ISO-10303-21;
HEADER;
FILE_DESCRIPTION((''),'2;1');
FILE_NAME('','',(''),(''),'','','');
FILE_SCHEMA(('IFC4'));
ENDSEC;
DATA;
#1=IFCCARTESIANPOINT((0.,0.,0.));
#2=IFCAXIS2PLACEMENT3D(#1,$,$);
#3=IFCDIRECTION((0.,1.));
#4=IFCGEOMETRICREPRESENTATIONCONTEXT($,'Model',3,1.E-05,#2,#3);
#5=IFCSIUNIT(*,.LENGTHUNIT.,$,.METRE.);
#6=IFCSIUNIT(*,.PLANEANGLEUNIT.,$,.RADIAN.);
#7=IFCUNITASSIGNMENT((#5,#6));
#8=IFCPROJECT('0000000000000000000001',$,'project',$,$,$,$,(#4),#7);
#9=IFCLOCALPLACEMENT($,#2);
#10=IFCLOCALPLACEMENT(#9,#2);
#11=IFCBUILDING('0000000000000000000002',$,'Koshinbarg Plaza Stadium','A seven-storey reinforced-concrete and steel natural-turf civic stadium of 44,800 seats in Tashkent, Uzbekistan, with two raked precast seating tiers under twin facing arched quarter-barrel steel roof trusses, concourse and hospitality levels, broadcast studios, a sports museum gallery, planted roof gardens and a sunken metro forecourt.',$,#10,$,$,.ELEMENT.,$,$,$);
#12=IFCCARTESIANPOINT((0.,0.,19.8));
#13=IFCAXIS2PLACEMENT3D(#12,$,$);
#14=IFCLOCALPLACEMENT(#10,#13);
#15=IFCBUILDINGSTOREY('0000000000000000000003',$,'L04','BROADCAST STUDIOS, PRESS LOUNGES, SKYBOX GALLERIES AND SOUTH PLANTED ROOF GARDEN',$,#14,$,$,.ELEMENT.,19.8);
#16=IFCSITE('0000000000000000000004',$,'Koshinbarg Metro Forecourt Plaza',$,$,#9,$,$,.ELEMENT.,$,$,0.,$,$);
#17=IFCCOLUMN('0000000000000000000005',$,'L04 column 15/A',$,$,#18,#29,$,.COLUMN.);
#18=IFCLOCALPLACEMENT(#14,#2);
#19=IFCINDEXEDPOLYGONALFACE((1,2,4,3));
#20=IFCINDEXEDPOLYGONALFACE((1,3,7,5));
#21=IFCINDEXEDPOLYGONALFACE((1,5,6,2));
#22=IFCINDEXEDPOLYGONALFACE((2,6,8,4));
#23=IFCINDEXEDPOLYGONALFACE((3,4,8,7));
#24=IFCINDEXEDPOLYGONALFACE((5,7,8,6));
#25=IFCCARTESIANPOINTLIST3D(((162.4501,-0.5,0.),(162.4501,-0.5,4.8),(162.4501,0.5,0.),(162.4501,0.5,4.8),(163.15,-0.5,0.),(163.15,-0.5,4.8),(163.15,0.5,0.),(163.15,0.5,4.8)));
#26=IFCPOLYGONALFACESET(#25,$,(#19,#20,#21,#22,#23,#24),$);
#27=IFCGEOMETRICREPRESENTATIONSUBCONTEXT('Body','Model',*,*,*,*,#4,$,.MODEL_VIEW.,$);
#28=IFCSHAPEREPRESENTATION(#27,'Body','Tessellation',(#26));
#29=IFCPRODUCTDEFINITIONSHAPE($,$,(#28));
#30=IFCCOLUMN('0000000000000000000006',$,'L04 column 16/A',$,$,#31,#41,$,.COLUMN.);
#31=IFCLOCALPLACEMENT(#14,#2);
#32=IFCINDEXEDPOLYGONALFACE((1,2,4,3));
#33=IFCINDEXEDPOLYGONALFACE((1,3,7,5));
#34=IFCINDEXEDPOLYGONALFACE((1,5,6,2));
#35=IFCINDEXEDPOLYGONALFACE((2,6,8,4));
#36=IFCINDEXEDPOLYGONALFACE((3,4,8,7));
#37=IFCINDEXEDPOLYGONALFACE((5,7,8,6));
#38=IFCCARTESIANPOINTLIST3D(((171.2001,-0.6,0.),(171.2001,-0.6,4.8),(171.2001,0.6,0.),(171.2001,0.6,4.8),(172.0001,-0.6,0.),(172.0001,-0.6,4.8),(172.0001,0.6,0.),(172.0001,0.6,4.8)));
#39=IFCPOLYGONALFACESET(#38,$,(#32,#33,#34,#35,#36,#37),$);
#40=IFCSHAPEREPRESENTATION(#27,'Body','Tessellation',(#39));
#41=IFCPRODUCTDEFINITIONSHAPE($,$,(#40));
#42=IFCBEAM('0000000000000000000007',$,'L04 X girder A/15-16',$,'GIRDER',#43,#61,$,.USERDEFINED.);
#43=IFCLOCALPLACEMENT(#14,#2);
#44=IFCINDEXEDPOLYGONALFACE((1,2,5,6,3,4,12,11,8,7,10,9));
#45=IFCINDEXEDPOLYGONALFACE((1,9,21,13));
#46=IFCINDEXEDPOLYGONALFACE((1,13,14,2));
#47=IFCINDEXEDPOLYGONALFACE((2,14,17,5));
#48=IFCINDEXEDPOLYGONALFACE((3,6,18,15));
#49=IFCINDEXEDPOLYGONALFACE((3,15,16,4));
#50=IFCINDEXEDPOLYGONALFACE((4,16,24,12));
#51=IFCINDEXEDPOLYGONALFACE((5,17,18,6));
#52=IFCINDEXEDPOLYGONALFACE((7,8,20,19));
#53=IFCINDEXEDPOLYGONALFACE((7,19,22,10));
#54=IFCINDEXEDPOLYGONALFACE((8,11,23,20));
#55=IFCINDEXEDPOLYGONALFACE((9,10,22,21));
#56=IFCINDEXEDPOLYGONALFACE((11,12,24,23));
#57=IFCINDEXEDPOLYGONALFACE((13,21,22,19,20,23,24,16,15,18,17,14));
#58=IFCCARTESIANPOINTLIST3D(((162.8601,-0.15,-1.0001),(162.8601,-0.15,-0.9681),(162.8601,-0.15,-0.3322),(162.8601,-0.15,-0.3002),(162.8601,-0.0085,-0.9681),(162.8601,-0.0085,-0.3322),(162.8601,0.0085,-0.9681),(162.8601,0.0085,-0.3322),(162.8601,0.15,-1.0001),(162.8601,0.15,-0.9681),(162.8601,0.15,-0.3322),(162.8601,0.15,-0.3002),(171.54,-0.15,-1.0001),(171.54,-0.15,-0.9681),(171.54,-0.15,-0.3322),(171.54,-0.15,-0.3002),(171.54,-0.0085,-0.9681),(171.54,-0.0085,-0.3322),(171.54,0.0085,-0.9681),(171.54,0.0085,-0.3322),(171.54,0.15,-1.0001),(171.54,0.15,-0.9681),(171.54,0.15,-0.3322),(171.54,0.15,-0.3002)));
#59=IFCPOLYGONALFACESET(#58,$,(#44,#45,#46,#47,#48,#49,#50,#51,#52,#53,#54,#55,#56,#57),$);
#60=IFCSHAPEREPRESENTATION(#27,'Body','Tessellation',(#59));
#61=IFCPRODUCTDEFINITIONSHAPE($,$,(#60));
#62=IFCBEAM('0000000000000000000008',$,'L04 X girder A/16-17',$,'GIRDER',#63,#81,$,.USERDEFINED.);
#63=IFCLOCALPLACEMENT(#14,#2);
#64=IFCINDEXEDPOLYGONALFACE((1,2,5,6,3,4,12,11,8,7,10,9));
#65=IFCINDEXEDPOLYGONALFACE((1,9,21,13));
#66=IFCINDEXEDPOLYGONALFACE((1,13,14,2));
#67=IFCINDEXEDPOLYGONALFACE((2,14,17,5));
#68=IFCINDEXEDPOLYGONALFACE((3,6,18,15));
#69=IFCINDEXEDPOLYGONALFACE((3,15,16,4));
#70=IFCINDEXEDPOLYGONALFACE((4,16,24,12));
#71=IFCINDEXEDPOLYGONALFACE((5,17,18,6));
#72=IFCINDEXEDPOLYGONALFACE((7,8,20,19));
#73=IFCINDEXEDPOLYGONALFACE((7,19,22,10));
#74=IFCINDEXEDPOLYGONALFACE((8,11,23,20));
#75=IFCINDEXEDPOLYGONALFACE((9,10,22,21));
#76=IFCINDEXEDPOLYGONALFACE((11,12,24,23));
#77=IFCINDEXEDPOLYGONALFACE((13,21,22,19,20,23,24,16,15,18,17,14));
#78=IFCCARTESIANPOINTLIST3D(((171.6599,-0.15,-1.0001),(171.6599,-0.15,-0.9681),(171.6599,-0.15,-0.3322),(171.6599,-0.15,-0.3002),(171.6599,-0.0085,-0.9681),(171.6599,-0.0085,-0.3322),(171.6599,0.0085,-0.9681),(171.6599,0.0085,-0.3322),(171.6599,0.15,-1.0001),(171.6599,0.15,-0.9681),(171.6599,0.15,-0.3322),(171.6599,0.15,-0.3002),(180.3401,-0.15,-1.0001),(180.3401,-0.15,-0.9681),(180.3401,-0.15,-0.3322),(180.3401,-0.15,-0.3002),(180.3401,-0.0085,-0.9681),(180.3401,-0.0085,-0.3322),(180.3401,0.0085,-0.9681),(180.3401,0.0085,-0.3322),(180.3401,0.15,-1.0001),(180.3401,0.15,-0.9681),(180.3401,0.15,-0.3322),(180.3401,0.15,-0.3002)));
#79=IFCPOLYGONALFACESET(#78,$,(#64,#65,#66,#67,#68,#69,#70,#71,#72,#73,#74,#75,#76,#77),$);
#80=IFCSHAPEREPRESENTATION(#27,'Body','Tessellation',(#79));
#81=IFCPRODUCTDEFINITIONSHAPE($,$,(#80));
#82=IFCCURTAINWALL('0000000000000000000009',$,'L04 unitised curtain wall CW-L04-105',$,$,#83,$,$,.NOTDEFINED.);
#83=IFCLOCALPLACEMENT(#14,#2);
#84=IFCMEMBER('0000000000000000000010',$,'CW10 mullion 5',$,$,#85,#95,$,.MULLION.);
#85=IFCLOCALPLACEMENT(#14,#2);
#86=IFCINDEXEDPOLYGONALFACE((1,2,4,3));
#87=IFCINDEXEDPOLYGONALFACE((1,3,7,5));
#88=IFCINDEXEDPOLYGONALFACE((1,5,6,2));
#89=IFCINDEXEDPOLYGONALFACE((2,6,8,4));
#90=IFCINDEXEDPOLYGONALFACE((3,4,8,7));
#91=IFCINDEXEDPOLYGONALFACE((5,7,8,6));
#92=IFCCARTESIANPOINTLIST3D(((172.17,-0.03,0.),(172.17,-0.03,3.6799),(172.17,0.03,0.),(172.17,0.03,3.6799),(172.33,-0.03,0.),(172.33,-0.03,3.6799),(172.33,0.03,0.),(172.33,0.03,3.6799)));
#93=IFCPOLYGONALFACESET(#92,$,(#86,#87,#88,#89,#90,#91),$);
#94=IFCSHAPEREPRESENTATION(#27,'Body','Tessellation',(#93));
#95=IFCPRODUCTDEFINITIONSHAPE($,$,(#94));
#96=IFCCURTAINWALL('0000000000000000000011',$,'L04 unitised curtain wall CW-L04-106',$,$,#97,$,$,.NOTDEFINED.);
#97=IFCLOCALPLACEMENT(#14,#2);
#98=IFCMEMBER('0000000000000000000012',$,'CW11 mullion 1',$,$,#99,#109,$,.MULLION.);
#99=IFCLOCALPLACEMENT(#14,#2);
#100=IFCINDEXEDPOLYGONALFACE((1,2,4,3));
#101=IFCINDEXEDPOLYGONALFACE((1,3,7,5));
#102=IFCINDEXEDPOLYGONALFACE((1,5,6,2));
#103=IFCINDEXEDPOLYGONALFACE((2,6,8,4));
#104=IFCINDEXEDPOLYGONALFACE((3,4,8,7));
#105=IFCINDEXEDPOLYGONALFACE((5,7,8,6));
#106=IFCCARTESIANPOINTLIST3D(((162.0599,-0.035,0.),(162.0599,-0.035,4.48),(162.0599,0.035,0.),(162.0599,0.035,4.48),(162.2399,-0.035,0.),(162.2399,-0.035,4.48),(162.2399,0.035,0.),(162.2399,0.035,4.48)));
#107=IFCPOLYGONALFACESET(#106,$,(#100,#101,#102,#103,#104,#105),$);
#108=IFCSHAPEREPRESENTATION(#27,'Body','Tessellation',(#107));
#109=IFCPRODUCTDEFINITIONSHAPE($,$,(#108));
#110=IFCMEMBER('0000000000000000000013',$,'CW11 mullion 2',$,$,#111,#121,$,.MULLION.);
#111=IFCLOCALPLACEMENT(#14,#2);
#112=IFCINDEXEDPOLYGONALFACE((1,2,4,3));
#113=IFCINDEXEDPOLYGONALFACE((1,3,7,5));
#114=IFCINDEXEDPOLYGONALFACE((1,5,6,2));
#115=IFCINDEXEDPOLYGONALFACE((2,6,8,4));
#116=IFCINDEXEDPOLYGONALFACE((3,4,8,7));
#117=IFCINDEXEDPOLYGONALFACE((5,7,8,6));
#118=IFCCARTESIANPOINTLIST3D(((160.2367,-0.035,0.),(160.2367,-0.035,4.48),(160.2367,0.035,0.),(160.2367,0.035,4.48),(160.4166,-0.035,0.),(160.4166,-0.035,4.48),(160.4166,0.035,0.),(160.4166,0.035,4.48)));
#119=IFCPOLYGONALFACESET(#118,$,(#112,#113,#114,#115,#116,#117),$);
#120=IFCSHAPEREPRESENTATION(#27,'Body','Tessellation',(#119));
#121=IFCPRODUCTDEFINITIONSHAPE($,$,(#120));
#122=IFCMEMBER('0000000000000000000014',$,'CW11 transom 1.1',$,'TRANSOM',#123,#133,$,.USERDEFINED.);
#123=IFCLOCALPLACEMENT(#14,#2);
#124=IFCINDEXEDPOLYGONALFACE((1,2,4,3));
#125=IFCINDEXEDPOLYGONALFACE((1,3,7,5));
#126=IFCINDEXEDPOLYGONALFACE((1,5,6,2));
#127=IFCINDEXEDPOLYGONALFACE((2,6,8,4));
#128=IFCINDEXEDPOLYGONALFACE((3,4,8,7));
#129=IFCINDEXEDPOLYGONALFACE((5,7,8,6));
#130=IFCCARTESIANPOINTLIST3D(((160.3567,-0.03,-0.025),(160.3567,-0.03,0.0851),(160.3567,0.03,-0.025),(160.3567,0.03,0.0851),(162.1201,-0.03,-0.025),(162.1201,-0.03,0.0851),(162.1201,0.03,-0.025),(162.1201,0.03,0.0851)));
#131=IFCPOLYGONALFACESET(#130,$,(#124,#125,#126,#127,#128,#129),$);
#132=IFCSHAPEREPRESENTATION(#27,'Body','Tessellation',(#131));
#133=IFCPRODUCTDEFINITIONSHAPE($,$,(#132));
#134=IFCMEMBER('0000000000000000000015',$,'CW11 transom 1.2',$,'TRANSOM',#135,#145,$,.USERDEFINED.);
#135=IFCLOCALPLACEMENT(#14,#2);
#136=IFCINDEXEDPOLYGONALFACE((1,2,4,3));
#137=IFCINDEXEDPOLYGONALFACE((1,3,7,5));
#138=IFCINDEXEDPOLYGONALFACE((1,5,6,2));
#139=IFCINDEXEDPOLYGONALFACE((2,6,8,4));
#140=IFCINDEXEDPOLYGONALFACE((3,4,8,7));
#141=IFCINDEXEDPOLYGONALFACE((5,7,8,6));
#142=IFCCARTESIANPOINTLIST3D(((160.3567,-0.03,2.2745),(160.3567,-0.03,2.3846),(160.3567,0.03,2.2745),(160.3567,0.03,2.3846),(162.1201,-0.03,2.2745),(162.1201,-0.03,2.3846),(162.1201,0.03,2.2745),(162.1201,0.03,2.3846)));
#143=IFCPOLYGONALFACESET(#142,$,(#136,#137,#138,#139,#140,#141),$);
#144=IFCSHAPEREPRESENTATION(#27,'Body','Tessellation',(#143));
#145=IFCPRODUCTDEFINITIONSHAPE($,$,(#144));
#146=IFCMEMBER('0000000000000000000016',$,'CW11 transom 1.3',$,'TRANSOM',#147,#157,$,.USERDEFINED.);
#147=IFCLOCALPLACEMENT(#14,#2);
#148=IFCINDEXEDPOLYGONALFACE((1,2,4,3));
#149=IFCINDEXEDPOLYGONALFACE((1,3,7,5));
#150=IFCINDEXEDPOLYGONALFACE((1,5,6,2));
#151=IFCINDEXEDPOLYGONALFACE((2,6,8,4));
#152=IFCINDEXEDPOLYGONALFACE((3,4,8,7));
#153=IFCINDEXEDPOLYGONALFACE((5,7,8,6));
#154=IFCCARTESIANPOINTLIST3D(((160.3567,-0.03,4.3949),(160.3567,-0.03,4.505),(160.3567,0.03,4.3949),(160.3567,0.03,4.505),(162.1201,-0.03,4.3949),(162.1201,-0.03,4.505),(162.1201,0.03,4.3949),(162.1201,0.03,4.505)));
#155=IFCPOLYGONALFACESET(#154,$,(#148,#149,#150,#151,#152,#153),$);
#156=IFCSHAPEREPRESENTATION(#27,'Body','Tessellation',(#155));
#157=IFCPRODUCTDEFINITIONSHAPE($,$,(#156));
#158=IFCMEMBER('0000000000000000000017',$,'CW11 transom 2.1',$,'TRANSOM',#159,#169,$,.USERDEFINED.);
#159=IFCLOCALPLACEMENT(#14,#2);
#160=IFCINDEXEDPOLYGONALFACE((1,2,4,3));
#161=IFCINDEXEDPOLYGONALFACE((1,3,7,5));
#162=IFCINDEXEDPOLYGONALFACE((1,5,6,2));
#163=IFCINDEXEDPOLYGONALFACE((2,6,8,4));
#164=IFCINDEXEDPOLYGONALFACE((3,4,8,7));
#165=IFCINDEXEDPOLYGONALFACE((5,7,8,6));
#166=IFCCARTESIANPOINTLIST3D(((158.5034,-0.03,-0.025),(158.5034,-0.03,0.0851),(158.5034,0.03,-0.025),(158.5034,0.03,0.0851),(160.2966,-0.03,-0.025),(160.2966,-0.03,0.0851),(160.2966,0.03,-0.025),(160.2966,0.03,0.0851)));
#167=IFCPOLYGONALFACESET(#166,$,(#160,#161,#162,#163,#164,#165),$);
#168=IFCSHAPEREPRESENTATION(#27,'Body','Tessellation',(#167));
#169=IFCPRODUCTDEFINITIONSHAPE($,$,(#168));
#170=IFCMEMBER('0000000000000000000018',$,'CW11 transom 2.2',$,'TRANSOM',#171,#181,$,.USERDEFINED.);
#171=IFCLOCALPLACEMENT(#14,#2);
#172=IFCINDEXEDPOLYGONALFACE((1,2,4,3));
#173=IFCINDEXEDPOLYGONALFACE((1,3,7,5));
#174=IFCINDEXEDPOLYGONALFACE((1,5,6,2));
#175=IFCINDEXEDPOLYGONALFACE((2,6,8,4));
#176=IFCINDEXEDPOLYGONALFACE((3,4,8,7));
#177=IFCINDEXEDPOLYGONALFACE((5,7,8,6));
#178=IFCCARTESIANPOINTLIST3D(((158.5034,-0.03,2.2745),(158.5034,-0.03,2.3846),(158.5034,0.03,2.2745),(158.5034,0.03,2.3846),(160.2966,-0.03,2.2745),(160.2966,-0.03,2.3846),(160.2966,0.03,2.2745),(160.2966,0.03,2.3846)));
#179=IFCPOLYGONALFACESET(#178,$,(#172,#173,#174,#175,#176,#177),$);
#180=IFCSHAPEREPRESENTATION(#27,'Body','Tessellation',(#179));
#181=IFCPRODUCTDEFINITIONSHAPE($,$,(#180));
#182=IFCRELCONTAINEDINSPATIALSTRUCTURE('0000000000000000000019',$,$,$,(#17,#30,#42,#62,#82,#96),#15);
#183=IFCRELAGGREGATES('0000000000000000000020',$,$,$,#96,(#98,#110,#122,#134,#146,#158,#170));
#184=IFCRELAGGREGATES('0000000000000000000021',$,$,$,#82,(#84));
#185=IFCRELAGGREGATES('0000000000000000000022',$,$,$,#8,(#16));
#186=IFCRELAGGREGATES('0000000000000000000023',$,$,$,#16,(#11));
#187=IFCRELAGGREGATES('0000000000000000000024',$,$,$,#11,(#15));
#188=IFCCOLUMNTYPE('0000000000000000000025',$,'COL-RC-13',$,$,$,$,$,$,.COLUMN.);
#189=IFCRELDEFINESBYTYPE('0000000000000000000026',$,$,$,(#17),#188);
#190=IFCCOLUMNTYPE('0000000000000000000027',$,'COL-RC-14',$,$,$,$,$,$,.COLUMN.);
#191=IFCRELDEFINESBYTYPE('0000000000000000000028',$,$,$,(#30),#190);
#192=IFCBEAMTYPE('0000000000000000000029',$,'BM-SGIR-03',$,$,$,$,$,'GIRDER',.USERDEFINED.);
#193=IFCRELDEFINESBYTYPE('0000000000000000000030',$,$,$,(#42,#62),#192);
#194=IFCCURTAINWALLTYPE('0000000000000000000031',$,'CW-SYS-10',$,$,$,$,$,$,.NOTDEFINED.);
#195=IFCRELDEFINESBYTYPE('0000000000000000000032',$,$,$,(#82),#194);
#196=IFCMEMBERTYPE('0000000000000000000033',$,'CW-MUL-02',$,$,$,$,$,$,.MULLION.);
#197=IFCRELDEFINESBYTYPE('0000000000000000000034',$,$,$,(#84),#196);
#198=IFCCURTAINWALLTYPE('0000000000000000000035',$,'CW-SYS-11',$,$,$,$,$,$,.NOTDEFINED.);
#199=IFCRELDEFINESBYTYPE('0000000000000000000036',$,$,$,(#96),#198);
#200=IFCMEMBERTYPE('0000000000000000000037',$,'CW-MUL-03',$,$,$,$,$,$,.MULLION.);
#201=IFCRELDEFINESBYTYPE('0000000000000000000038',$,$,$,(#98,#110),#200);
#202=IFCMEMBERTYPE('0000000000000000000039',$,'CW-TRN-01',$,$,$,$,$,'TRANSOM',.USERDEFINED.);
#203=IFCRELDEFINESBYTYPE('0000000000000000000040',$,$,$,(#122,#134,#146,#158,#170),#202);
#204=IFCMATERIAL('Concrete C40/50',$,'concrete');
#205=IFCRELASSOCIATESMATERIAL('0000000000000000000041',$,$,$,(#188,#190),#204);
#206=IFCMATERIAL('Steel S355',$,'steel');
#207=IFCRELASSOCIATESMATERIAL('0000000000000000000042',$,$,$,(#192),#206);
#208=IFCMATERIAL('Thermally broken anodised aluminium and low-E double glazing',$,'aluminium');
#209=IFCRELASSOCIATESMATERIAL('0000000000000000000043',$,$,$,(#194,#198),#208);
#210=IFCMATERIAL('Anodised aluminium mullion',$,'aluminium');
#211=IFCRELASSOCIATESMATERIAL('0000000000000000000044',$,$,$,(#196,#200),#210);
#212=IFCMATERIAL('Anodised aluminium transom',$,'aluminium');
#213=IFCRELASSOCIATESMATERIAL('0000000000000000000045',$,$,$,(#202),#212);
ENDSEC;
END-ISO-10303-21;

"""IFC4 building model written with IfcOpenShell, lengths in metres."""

from ifc_helpers import new_model, si_unit, direction, frame, origin, origin_2d, place, context, subcontext, project, spatial, rectangle, i_section, extrude, material, material_profile, profile_set, type_object, element, aggregate, save


model = new_model("IFC4")

# Units and contexts
model_context = context("Model", 3, precision=1e-05, world=origin(), true_north=direction((0.0, 1.0)))
body_context = subcontext(model_context, "Body", "Model", "MODEL_VIEW")
ifc_project = project(units=[si_unit("LENGTHUNIT", "METRE"), si_unit("PLANEANGLEUNIT", "RADIAN")], contexts=[model_context])

# Site, building, storey
site_placement = place(None, origin())
site = spatial("IfcSite", under=ifc_project, at=site_placement, Name="Koshinbarg Metro Forecourt Plaza", CompositionType="ELEMENT", RefElevation=0.0)
building_placement = place(site_placement, origin())
building = spatial("IfcBuilding", under=site, at=building_placement, Name="Koshinbarg Plaza Stadium", Description="A seven-storey reinforced-concrete and steel natural-turf civic stadium of 44,800 seats in Tashkent, Uzbekistan, with two raked precast seating tiers under twin facing arched quarter-barrel steel roof trusses, concourse and hospitality levels, broadcast studios, a sports museum gallery, planted roof gardens and a sunken metro forecourt.", CompositionType="ELEMENT")
storey_placement = place(building_placement, frame((0.0, 0.0, 19.8)))
storey = spatial("IfcBuildingStorey", under=building, at=storey_placement, Name="L04", Description="BROADCAST STUDIOS, PRESS LOUNGES, SKYBOX GALLERIES AND SOUTH PLANTED ROOF GARDEN", CompositionType="ELEMENT", Elevation=19.8)

# Columns
ifc_material_1 = material(Name="Concrete C40/50", Category="concrete")
ifc_material_profile_1 = material_profile(ifc_material_1, rectangle(XDim=0.7, YDim=1.0, at=origin_2d()), Name="RC 700x1000")
ifc_profile_set_1 = profile_set([ifc_material_profile_1], Name="Concrete C40/50")
column_type_1 = type_object("IfcColumnType", Name="COL-RC-13", PredefinedType="COLUMN", material=ifc_profile_set_1)
column_1_placement = place(storey_placement, frame((162.8, 0.0, 0.0), z_axis=(0.0, 0.0, 1.0), x_axis=(1.0, 0.0, 0.0)))
element("IfcColumn", 1, at=column_1_placement, inside=storey, type_object=column_type_1, Name="L04 column 15/A", PredefinedType="COLUMN", context=body_context, shape_type="SweptSolid", body=[
    extrude(rectangle(XDim=0.7, YDim=1.0, at=origin_2d()), origin(), (0.0, 0.0, 1.0), 4.8),
])
ifc_material_profile_2 = material_profile(ifc_material_1, rectangle(XDim=0.8, YDim=1.2, at=origin_2d()), Name="RC 800x1200")
ifc_profile_set_2 = profile_set([ifc_material_profile_2], Name="Concrete C40/50")
column_type_2 = type_object("IfcColumnType", Name="COL-RC-14", PredefinedType="COLUMN", material=ifc_profile_set_2)
column_2_placement = place(storey_placement, frame((171.6001, 0.0, 0.0), z_axis=(0.0, 0.0, 1.0), x_axis=(1.0, 0.0, 0.0)))
element("IfcColumn", 2, at=column_2_placement, inside=storey, type_object=column_type_2, Name="L04 column 16/A", PredefinedType="COLUMN", context=body_context, shape_type="SweptSolid", body=[
    extrude(rectangle(XDim=0.8, YDim=1.2, at=origin_2d()), origin(), (0.0, 0.0, 1.0), 4.8),
])

# Beams
ifc_material_2 = material(Name="Steel S355", Category="steel")
ifc_material_profile_3 = material_profile(ifc_material_2, i_section(OverallWidth=0.3, OverallDepth=0.7, WebThickness=0.0171, FlangeThickness=0.032, at=origin_2d()), Name="HEB 700")
ifc_profile_set_3 = profile_set([ifc_material_profile_3], Name="Steel S355")
beam_type = type_object("IfcBeamType", Name="BM-SGIR-03", ElementType="GIRDER", PredefinedType="USERDEFINED", material=ifc_profile_set_3)
beam_1_placement = place(storey_placement, frame((162.8601, 0.0, -0.6501), z_axis=(1.0, 0.0, 0.0), x_axis=(0.0, 1.0, 0.0)))
element("IfcBeam", 3, at=beam_1_placement, inside=storey, type_object=beam_type, Name="L04 X girder A/15-16", ObjectType="GIRDER", PredefinedType="USERDEFINED", context=body_context, shape_type="SweptSolid", body=[
    extrude(i_section(OverallWidth=0.3, OverallDepth=0.7, WebThickness=0.0171, FlangeThickness=0.032, at=origin_2d()), origin(), (0.0, 0.0, 1.0), 8.6799),
])
beam_2_placement = place(storey_placement, frame((171.6599, 0.0, -0.6501), z_axis=(1.0, 0.0, 0.0), x_axis=(0.0, 1.0, 0.0)))
element("IfcBeam", 4, at=beam_2_placement, inside=storey, type_object=beam_type, Name="L04 X girder A/16-17", ObjectType="GIRDER", PredefinedType="USERDEFINED", context=body_context, shape_type="SweptSolid", body=[
    extrude(i_section(OverallWidth=0.3, OverallDepth=0.7, WebThickness=0.0171, FlangeThickness=0.032, at=origin_2d()), origin(), (0.0, 0.0, 1.0), 8.6802),
])

# Curtain wall, member
ifc_material_3 = material(Name="Thermally broken anodised aluminium and low-E double glazing", Category="aluminium")
curtain_wall_type_1 = type_object("IfcCurtainWallType", Name="CW-SYS-10", PredefinedType="NOTDEFINED", material=ifc_material_3)
curtain_wall_1_placement = place(storey_placement, origin())
curtain_wall_1 = element("IfcCurtainWall", 5, at=curtain_wall_1_placement, inside=storey, type_object=curtain_wall_type_1, Name="L04 unitised curtain wall CW-L04-105", PredefinedType="NOTDEFINED")
ifc_material_4 = material(Name="Anodised aluminium mullion", Category="aluminium")
ifc_material_profile_4 = material_profile(ifc_material_4, rectangle(XDim=0.0601, YDim=0.1599, at=origin_2d()), Name="ALU 60x160")
ifc_profile_set_4 = profile_set([ifc_material_profile_4], Name="Anodised aluminium mullion")
member_type_1 = type_object("IfcMemberType", Name="CW-MUL-02", PredefinedType="MULLION", material=ifc_profile_set_4)
member_1_placement = place(storey_placement, frame((172.25, 0.0, 0.0), z_axis=(0.0, 0.0, 1.0), x_axis=(0.0, -1.0, 0.0)))
member_1 = element("IfcMember", 6, at=member_1_placement, type_object=member_type_1, Name="CW10 mullion 5", PredefinedType="MULLION", context=body_context, shape_type="SweptSolid", body=[
    extrude(rectangle(XDim=0.0601, YDim=0.1599, at=origin_2d()), origin(), (0.0, 0.0, 1.0), 3.6799),
])

# Curtain wall, members
curtain_wall_type_2 = type_object("IfcCurtainWallType", Name="CW-SYS-11", PredefinedType="NOTDEFINED", material=ifc_material_3)
curtain_wall_2_placement = place(storey_placement, origin())
curtain_wall_2 = element("IfcCurtainWall", 7, at=curtain_wall_2_placement, inside=storey, type_object=curtain_wall_type_2, Name="L04 unitised curtain wall CW-L04-106", PredefinedType="NOTDEFINED")
ifc_material_profile_5 = material_profile(ifc_material_4, rectangle(XDim=0.0701, YDim=0.1799, at=origin_2d()), Name="ALU 70x180")
ifc_profile_set_5 = profile_set([ifc_material_profile_5], Name="Anodised aluminium mullion")
member_type_2 = type_object("IfcMemberType", Name="CW-MUL-03", PredefinedType="MULLION", material=ifc_profile_set_5)
member_2_placement = place(storey_placement, frame((162.1499, 0.0, 0.0), z_axis=(0.0, 0.0, 1.0), x_axis=(0.0, -1.0, 0.0)))
member_2 = element("IfcMember", 8, at=member_2_placement, type_object=member_type_2, Name="CW11 mullion 1", PredefinedType="MULLION", context=body_context, shape_type="SweptSolid", body=[
    extrude(rectangle(XDim=0.0701, YDim=0.1799, at=origin_2d()), origin(), (0.0, 0.0, 1.0), 4.48),
])
member_3_placement = place(storey_placement, frame((160.3267, 0.0, 0.0), z_axis=(0.0, 0.0, 1.0), x_axis=(0.0, -1.0, 0.0)))
member_3 = element("IfcMember", 9, at=member_3_placement, type_object=member_type_2, Name="CW11 mullion 2", PredefinedType="MULLION", context=body_context, shape_type="SweptSolid", body=[
    extrude(rectangle(XDim=0.0701, YDim=0.1799, at=origin_2d()), origin(), (0.0, 0.0, 1.0), 4.48),
])
ifc_material_5 = material(Name="Anodised aluminium transom", Category="aluminium")
ifc_material_profile_6 = material_profile(ifc_material_5, rectangle(XDim=0.0601, YDim=0.1101, at=origin_2d()), Name="ALU 60x110")
ifc_profile_set_6 = profile_set([ifc_material_profile_6], Name="Anodised aluminium transom")
member_type_3 = type_object("IfcMemberType", Name="CW-TRN-01", ElementType="TRANSOM", PredefinedType="USERDEFINED", material=ifc_profile_set_6)
member_4_placement = place(storey_placement, frame((162.1201, 0.0, 0.03), z_axis=(-1.0, 0.0, 0.0), x_axis=(0.0, -1.0, 0.0)))
member_4 = element("IfcMember", 10, at=member_4_placement, type_object=member_type_3, Name="CW11 transom 1.1", ObjectType="TRANSOM", PredefinedType="USERDEFINED", context=body_context, shape_type="SweptSolid", body=[
    extrude(rectangle(XDim=0.0601, YDim=0.1101, at=origin_2d()), origin(), (0.0, 0.0, 1.0), 1.7634),
])
member_5_placement = place(storey_placement, frame((162.1201, 0.0, 2.3296), z_axis=(-1.0, 0.0, 0.0), x_axis=(0.0, -1.0, 0.0)))
member_5 = element("IfcMember", 11, at=member_5_placement, type_object=member_type_3, Name="CW11 transom 1.2", ObjectType="TRANSOM", PredefinedType="USERDEFINED", context=body_context, shape_type="SweptSolid", body=[
    extrude(rectangle(XDim=0.0601, YDim=0.1101, at=origin_2d()), origin(), (0.0, 0.0, 1.0), 1.7634),
])
member_6_placement = place(storey_placement, frame((162.1201, 0.0, 4.45), z_axis=(-1.0, 0.0, 0.0), x_axis=(0.0, -1.0, 0.0)))
member_6 = element("IfcMember", 12, at=member_6_placement, type_object=member_type_3, Name="CW11 transom 1.3", ObjectType="TRANSOM", PredefinedType="USERDEFINED", context=body_context, shape_type="SweptSolid", body=[
    extrude(rectangle(XDim=0.0601, YDim=0.1101, at=origin_2d()), origin(), (0.0, 0.0, 1.0), 1.7634),
])
member_7_placement = place(storey_placement, frame((160.2966, 0.0, 0.03), z_axis=(-1.0, 0.0, 0.0), x_axis=(0.0, -1.0, 0.0)))
member_7 = element("IfcMember", 13, at=member_7_placement, type_object=member_type_3, Name="CW11 transom 2.1", ObjectType="TRANSOM", PredefinedType="USERDEFINED", context=body_context, shape_type="SweptSolid", body=[
    extrude(rectangle(XDim=0.0601, YDim=0.1101, at=origin_2d()), origin(), (0.0, 0.0, 1.0), 1.7932),
])
member_8_placement = place(storey_placement, frame((160.2966, 0.0, 2.3296), z_axis=(-1.0, 0.0, 0.0), x_axis=(0.0, -1.0, 0.0)))
member_8 = element("IfcMember", 14, at=member_8_placement, type_object=member_type_3, Name="CW11 transom 2.2", ObjectType="TRANSOM", PredefinedType="USERDEFINED", context=body_context, shape_type="SweptSolid", body=[
    extrude(rectangle(XDim=0.0601, YDim=0.1101, at=origin_2d()), origin(), (0.0, 0.0, 1.0), 1.7932),
])
aggregate(curtain_wall_2, [member_2, member_3, member_4, member_5, member_6, member_7, member_8])

aggregate(curtain_wall_1, [member_1])

save(model, "model.ifc")
